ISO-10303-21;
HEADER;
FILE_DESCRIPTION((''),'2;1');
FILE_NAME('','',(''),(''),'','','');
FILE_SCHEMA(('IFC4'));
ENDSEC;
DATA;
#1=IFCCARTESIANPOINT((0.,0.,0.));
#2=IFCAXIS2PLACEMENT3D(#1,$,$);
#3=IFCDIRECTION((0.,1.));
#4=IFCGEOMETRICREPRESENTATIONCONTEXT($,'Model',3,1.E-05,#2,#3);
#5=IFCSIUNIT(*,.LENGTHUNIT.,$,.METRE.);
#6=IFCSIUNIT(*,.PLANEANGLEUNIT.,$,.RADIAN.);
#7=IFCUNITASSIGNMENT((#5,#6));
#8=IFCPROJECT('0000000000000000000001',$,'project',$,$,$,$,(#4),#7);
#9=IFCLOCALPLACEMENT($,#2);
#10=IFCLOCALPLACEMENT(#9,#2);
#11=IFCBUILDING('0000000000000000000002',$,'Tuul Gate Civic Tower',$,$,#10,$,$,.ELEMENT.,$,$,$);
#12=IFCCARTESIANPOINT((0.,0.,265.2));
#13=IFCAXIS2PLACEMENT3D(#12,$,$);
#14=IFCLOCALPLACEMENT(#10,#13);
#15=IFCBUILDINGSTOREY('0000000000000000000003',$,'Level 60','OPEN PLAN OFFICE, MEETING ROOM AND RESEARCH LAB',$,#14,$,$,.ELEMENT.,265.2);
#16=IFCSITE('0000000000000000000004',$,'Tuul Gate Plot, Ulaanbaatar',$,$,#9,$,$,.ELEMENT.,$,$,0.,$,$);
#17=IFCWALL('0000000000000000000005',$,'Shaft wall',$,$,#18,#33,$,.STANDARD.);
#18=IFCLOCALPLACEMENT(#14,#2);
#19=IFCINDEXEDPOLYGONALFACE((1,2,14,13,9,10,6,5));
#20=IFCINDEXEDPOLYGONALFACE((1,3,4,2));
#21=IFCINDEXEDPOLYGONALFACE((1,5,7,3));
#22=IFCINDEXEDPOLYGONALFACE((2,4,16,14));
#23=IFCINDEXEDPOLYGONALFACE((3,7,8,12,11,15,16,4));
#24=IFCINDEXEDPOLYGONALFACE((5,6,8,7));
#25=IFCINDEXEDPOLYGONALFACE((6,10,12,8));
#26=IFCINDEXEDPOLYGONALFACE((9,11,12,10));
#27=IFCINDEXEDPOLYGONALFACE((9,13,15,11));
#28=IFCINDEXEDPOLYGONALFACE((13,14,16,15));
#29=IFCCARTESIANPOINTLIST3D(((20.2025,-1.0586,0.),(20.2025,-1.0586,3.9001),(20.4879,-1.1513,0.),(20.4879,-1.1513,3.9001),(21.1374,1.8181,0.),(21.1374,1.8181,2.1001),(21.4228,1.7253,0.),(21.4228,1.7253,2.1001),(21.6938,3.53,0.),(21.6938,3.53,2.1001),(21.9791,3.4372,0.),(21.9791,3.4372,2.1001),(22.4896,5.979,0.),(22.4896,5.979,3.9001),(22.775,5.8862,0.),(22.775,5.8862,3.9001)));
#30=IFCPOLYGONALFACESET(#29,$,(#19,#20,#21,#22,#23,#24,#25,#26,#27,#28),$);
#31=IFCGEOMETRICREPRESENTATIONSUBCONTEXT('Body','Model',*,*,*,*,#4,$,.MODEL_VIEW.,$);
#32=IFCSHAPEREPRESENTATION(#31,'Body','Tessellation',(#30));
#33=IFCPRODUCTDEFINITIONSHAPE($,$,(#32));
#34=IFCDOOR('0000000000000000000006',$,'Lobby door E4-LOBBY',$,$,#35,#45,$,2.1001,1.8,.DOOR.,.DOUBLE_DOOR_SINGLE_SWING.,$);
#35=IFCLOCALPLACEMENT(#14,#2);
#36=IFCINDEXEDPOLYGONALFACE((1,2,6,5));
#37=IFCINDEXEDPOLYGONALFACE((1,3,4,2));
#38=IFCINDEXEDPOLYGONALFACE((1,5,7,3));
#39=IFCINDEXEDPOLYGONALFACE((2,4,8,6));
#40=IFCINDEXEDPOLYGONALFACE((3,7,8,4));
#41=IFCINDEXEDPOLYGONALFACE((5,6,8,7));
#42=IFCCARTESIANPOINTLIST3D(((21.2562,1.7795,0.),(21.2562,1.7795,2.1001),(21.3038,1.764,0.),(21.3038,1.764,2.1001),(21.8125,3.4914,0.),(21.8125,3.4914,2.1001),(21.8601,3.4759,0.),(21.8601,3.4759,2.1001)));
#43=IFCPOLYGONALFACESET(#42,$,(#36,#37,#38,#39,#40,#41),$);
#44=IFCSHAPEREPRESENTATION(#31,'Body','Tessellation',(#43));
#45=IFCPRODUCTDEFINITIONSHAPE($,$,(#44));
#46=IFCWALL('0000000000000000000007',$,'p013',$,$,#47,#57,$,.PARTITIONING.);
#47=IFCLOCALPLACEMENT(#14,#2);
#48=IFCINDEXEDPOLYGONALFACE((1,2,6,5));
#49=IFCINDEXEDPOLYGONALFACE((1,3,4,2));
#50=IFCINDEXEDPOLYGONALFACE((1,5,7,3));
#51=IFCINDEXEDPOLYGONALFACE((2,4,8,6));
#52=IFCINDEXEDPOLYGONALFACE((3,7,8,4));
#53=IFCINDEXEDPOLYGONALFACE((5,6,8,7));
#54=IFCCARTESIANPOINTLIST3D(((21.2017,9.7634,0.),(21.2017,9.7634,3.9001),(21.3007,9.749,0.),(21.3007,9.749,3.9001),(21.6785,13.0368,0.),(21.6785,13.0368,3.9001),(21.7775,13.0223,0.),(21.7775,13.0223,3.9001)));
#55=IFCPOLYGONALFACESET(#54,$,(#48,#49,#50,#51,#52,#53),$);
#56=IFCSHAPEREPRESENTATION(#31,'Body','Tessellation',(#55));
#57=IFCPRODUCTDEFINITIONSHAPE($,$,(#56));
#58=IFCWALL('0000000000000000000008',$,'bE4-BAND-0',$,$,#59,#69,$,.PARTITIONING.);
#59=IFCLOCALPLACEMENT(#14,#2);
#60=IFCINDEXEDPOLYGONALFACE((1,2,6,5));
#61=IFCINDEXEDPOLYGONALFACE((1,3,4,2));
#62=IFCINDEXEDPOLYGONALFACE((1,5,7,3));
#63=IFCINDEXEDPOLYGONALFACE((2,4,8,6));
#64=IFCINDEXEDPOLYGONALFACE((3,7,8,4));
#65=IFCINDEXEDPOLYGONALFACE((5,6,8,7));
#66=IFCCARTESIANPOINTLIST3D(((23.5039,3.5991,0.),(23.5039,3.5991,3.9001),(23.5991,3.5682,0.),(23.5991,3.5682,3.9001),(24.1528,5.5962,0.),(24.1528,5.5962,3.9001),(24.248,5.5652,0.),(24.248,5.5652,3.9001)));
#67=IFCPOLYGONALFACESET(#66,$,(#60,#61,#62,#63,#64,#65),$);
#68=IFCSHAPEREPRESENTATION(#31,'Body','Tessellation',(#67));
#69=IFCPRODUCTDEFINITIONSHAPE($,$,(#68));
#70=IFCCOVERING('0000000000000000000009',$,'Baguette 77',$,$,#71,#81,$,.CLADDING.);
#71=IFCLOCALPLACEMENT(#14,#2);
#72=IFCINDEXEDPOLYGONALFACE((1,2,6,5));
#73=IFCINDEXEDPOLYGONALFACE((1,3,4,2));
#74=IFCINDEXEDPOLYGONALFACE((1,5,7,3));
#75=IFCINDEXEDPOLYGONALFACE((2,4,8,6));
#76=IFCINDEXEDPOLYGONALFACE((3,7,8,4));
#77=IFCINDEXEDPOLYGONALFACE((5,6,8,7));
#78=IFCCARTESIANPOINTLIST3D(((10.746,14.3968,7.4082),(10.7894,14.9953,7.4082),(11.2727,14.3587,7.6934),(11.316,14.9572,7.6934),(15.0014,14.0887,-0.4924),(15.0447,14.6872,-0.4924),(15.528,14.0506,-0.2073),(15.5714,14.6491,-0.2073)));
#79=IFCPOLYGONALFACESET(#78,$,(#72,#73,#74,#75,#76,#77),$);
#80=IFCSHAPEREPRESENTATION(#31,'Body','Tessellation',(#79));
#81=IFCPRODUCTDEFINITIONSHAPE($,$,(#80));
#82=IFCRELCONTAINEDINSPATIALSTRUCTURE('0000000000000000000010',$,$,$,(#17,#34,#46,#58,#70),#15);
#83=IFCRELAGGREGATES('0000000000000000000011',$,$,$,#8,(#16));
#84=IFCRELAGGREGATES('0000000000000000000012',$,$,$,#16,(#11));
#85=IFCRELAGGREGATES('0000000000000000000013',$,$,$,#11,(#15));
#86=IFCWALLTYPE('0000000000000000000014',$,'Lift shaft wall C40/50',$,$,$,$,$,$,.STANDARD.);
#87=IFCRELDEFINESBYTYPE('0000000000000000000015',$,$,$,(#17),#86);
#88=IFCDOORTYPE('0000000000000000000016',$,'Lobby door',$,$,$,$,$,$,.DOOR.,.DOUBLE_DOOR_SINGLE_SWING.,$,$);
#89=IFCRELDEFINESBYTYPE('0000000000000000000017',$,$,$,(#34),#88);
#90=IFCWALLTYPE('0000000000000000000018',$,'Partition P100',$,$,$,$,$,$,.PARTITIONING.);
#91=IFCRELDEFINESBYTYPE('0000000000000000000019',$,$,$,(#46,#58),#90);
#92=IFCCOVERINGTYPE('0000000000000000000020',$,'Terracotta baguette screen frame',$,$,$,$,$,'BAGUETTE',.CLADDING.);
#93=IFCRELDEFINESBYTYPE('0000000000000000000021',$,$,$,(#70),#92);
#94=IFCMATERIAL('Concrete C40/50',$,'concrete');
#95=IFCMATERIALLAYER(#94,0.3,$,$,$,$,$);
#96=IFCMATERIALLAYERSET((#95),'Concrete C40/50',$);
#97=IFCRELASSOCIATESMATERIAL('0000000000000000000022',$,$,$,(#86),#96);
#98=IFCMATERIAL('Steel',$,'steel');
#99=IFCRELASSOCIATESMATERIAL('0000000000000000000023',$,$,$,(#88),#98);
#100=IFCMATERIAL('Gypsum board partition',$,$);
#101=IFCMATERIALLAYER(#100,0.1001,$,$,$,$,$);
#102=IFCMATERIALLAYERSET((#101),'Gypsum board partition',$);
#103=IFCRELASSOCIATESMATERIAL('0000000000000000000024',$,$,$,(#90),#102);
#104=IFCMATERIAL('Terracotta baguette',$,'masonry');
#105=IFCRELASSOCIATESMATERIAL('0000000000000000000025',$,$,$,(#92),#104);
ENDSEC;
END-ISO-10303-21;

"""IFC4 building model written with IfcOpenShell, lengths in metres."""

from ifc_helpers import new_model, si_unit, direction, frame, frame_2d, origin, origin_2d, place, context, subcontext, project, spatial, rectangle, extrude, material, layer, layer_set, material_profile, profile_set, type_object, element, fill, save


model = new_model("IFC4")

# Units and contexts
model_context = context("Model", 3, precision=1e-05, world=origin(), true_north=direction((0.0, 1.0)))
body_context = subcontext(model_context, "Body", "Model", "MODEL_VIEW")
ifc_project = project(units=[si_unit("LENGTHUNIT", "METRE"), si_unit("PLANEANGLEUNIT", "RADIAN")], contexts=[model_context])

# Site, building, storey
site_placement = place(None, origin())
site = spatial("IfcSite", under=ifc_project, at=site_placement, Name="Tuul Gate Plot, Ulaanbaatar", CompositionType="ELEMENT", RefElevation=0.0)
building_placement = place(site_placement, origin())
building = spatial("IfcBuilding", under=site, at=building_placement, Name="Tuul Gate Civic Tower", CompositionType="ELEMENT")
storey_placement = place(building_placement, frame((0.0, 0.0, 265.2)))
storey = spatial("IfcBuildingStorey", under=building, at=storey_placement, Name="Level 60", Description="OPEN PLAN OFFICE, MEETING ROOM AND RESEARCH LAB", CompositionType="ELEMENT", Elevation=265.2)

# Shared definitions
ifc_material_1 = material(Name="Concrete C40/50", Category="concrete")
ifc_layer_1 = layer(ifc_material_1, 0.3)
ifc_layer_set_1 = layer_set([ifc_layer_1], Name="Concrete C40/50")
wall_type_1 = type_object("IfcWallType", Name="Lift shaft wall C40/50", PredefinedType="STANDARD", material=ifc_layer_set_1)

# Wall, opening, door
wall_1_placement = place(storey_placement, frame((20.3452, -1.105, 0.0), z_axis=(0.0, 0.0, 1.0), x_axis=(0.309073, 0.951038, 0.0)))
wall_1 = element("IfcWall", 1, at=wall_1_placement, inside=storey, type_object=wall_type_1, Name="Shaft wall", PredefinedType="STANDARD", context=body_context, shape_type="SweptSolid", body=[
    extrude(rectangle(XDim=7.3999, YDim=0.3, at=frame_2d((3.7, 0.0))), origin(), (0.0, 0.0, 1.0), 3.9001),
])
opening_1_placement = place(wall_1_placement, frame((3.0249, 0.0, 0.0)))
opening_1 = element("IfcOpeningElement", 2, at=opening_1_placement, cuts=wall_1, PredefinedType="OPENING", context=body_context, shape_type="SweptSolid", body=[
    extrude(rectangle(XDim=1.8, YDim=2.1001, at=frame_2d((0.8999, 1.05))), frame((0.0, 0.1602, 0.0), z_axis=(0.0, -1.0, 0.0), x_axis=(1.0, 0.0, 0.0)), (0.0, 0.0, 1.0), 0.3201),
])
ifc_material_2 = material(Name="Steel", Category="steel")
door_type_1 = type_object("IfcDoorType", Name="Lobby door", OperationType="DOUBLE_DOOR_SINGLE_SWING", PredefinedType="DOOR", material=ifc_material_2)
door_1_placement = place(opening_1_placement, frame((1.8, 0.0, 0.0), z_axis=(0.0, 0.0, 1.0), x_axis=(-1.0, 0.0, 0.0)))
door_1 = element("IfcDoor", 3, at=door_1_placement, inside=storey, type_object=door_type_1, Name="Lobby door E4-LOBBY", OperationType="DOUBLE_DOOR_SINGLE_SWING", OverallHeight=2.1001, OverallWidth=1.8, PredefinedType="DOOR", context=body_context, shape_type="SweptSolid", body=[
    extrude(rectangle(XDim=1.8, YDim=2.1001, at=frame_2d((0.9001, 1.05))), frame((0.0, 0.0249, 0.0), z_axis=(0.0, -1.0, 0.0), x_axis=(1.0, 0.0, 0.0)), (0.0, 0.0, 1.0), 0.05),
])
fill(opening_1, door_1)

# Walls
ifc_material_3 = material(Name="Gypsum board partition")
ifc_layer_2 = layer(ifc_material_3, 0.1001)
ifc_layer_set_2 = layer_set([ifc_layer_2], Name="Gypsum board partition")
wall_type_2 = type_object("IfcWallType", Name="Partition P100", PredefinedType="PARTITIONING", material=ifc_layer_set_2)
wall_2_placement = place(storey_placement, frame((21.2512, 9.7563, 0.0), z_axis=(0.0, 0.0, 1.0), x_axis=(0.144138, 0.989558, 0.0)))
element("IfcWall", 4, at=wall_2_placement, inside=storey, type_object=wall_type_2, Name="p013", PredefinedType="PARTITIONING", context=body_context, shape_type="SweptSolid", body=[
    extrude(rectangle(XDim=3.3079, YDim=0.1001, at=frame_2d((1.6538, 0.0))), origin(), (0.0, 0.0, 1.0), 3.9001),
])
wall_3_placement = place(storey_placement, frame((23.5515, 3.5837, 0.0), z_axis=(0.0, 0.0, 1.0), x_axis=(0.309033, 0.951051, 0.0)))
element("IfcWall", 5, at=wall_3_placement, inside=storey, type_object=wall_type_2, Name="bE4-BAND-0", PredefinedType="PARTITIONING", context=body_context, shape_type="SweptSolid", body=[
    extrude(rectangle(XDim=2.0999, YDim=0.1001, at=frame_2d((1.0498, 0.0))), origin(), (0.0, 0.0, 1.0), 3.9001),
])

# Covering
ifc_material_4 = material(Name="Terracotta baguette", Category="masonry")
ifc_material_profile_1 = material_profile(ifc_material_4, rectangle(XDim=0.6001, YDim=0.6001, at=origin_2d()), Name="Terracotta baguette screen frame")
ifc_profile_set_1 = profile_set([ifc_material_profile_1], Name="Terracotta baguette")
covering_type = type_object("IfcCoveringType", Name="Terracotta baguette screen frame", ElementType="BAGUETTE", PredefinedType="CLADDING", material=ifc_profile_set_1)
covering_placement = place(storey_placement, frame((11.031, 14.677, 7.5508), z_axis=(0.473923, -0.034314, -0.879898), x_axis=(0.072215, 0.997389, 0.0)))
element("IfcCovering", 6, at=covering_placement, inside=storey, type_object=covering_type, Name="Baguette 77", PredefinedType="CLADDING", context=body_context, shape_type="SweptSolid", body=[
    extrude(rectangle(XDim=0.6001, YDim=0.6001, at=origin_2d()), origin(), (0.0, 0.0, 1.0), 8.979),
])

save(model, "model.ifc")
